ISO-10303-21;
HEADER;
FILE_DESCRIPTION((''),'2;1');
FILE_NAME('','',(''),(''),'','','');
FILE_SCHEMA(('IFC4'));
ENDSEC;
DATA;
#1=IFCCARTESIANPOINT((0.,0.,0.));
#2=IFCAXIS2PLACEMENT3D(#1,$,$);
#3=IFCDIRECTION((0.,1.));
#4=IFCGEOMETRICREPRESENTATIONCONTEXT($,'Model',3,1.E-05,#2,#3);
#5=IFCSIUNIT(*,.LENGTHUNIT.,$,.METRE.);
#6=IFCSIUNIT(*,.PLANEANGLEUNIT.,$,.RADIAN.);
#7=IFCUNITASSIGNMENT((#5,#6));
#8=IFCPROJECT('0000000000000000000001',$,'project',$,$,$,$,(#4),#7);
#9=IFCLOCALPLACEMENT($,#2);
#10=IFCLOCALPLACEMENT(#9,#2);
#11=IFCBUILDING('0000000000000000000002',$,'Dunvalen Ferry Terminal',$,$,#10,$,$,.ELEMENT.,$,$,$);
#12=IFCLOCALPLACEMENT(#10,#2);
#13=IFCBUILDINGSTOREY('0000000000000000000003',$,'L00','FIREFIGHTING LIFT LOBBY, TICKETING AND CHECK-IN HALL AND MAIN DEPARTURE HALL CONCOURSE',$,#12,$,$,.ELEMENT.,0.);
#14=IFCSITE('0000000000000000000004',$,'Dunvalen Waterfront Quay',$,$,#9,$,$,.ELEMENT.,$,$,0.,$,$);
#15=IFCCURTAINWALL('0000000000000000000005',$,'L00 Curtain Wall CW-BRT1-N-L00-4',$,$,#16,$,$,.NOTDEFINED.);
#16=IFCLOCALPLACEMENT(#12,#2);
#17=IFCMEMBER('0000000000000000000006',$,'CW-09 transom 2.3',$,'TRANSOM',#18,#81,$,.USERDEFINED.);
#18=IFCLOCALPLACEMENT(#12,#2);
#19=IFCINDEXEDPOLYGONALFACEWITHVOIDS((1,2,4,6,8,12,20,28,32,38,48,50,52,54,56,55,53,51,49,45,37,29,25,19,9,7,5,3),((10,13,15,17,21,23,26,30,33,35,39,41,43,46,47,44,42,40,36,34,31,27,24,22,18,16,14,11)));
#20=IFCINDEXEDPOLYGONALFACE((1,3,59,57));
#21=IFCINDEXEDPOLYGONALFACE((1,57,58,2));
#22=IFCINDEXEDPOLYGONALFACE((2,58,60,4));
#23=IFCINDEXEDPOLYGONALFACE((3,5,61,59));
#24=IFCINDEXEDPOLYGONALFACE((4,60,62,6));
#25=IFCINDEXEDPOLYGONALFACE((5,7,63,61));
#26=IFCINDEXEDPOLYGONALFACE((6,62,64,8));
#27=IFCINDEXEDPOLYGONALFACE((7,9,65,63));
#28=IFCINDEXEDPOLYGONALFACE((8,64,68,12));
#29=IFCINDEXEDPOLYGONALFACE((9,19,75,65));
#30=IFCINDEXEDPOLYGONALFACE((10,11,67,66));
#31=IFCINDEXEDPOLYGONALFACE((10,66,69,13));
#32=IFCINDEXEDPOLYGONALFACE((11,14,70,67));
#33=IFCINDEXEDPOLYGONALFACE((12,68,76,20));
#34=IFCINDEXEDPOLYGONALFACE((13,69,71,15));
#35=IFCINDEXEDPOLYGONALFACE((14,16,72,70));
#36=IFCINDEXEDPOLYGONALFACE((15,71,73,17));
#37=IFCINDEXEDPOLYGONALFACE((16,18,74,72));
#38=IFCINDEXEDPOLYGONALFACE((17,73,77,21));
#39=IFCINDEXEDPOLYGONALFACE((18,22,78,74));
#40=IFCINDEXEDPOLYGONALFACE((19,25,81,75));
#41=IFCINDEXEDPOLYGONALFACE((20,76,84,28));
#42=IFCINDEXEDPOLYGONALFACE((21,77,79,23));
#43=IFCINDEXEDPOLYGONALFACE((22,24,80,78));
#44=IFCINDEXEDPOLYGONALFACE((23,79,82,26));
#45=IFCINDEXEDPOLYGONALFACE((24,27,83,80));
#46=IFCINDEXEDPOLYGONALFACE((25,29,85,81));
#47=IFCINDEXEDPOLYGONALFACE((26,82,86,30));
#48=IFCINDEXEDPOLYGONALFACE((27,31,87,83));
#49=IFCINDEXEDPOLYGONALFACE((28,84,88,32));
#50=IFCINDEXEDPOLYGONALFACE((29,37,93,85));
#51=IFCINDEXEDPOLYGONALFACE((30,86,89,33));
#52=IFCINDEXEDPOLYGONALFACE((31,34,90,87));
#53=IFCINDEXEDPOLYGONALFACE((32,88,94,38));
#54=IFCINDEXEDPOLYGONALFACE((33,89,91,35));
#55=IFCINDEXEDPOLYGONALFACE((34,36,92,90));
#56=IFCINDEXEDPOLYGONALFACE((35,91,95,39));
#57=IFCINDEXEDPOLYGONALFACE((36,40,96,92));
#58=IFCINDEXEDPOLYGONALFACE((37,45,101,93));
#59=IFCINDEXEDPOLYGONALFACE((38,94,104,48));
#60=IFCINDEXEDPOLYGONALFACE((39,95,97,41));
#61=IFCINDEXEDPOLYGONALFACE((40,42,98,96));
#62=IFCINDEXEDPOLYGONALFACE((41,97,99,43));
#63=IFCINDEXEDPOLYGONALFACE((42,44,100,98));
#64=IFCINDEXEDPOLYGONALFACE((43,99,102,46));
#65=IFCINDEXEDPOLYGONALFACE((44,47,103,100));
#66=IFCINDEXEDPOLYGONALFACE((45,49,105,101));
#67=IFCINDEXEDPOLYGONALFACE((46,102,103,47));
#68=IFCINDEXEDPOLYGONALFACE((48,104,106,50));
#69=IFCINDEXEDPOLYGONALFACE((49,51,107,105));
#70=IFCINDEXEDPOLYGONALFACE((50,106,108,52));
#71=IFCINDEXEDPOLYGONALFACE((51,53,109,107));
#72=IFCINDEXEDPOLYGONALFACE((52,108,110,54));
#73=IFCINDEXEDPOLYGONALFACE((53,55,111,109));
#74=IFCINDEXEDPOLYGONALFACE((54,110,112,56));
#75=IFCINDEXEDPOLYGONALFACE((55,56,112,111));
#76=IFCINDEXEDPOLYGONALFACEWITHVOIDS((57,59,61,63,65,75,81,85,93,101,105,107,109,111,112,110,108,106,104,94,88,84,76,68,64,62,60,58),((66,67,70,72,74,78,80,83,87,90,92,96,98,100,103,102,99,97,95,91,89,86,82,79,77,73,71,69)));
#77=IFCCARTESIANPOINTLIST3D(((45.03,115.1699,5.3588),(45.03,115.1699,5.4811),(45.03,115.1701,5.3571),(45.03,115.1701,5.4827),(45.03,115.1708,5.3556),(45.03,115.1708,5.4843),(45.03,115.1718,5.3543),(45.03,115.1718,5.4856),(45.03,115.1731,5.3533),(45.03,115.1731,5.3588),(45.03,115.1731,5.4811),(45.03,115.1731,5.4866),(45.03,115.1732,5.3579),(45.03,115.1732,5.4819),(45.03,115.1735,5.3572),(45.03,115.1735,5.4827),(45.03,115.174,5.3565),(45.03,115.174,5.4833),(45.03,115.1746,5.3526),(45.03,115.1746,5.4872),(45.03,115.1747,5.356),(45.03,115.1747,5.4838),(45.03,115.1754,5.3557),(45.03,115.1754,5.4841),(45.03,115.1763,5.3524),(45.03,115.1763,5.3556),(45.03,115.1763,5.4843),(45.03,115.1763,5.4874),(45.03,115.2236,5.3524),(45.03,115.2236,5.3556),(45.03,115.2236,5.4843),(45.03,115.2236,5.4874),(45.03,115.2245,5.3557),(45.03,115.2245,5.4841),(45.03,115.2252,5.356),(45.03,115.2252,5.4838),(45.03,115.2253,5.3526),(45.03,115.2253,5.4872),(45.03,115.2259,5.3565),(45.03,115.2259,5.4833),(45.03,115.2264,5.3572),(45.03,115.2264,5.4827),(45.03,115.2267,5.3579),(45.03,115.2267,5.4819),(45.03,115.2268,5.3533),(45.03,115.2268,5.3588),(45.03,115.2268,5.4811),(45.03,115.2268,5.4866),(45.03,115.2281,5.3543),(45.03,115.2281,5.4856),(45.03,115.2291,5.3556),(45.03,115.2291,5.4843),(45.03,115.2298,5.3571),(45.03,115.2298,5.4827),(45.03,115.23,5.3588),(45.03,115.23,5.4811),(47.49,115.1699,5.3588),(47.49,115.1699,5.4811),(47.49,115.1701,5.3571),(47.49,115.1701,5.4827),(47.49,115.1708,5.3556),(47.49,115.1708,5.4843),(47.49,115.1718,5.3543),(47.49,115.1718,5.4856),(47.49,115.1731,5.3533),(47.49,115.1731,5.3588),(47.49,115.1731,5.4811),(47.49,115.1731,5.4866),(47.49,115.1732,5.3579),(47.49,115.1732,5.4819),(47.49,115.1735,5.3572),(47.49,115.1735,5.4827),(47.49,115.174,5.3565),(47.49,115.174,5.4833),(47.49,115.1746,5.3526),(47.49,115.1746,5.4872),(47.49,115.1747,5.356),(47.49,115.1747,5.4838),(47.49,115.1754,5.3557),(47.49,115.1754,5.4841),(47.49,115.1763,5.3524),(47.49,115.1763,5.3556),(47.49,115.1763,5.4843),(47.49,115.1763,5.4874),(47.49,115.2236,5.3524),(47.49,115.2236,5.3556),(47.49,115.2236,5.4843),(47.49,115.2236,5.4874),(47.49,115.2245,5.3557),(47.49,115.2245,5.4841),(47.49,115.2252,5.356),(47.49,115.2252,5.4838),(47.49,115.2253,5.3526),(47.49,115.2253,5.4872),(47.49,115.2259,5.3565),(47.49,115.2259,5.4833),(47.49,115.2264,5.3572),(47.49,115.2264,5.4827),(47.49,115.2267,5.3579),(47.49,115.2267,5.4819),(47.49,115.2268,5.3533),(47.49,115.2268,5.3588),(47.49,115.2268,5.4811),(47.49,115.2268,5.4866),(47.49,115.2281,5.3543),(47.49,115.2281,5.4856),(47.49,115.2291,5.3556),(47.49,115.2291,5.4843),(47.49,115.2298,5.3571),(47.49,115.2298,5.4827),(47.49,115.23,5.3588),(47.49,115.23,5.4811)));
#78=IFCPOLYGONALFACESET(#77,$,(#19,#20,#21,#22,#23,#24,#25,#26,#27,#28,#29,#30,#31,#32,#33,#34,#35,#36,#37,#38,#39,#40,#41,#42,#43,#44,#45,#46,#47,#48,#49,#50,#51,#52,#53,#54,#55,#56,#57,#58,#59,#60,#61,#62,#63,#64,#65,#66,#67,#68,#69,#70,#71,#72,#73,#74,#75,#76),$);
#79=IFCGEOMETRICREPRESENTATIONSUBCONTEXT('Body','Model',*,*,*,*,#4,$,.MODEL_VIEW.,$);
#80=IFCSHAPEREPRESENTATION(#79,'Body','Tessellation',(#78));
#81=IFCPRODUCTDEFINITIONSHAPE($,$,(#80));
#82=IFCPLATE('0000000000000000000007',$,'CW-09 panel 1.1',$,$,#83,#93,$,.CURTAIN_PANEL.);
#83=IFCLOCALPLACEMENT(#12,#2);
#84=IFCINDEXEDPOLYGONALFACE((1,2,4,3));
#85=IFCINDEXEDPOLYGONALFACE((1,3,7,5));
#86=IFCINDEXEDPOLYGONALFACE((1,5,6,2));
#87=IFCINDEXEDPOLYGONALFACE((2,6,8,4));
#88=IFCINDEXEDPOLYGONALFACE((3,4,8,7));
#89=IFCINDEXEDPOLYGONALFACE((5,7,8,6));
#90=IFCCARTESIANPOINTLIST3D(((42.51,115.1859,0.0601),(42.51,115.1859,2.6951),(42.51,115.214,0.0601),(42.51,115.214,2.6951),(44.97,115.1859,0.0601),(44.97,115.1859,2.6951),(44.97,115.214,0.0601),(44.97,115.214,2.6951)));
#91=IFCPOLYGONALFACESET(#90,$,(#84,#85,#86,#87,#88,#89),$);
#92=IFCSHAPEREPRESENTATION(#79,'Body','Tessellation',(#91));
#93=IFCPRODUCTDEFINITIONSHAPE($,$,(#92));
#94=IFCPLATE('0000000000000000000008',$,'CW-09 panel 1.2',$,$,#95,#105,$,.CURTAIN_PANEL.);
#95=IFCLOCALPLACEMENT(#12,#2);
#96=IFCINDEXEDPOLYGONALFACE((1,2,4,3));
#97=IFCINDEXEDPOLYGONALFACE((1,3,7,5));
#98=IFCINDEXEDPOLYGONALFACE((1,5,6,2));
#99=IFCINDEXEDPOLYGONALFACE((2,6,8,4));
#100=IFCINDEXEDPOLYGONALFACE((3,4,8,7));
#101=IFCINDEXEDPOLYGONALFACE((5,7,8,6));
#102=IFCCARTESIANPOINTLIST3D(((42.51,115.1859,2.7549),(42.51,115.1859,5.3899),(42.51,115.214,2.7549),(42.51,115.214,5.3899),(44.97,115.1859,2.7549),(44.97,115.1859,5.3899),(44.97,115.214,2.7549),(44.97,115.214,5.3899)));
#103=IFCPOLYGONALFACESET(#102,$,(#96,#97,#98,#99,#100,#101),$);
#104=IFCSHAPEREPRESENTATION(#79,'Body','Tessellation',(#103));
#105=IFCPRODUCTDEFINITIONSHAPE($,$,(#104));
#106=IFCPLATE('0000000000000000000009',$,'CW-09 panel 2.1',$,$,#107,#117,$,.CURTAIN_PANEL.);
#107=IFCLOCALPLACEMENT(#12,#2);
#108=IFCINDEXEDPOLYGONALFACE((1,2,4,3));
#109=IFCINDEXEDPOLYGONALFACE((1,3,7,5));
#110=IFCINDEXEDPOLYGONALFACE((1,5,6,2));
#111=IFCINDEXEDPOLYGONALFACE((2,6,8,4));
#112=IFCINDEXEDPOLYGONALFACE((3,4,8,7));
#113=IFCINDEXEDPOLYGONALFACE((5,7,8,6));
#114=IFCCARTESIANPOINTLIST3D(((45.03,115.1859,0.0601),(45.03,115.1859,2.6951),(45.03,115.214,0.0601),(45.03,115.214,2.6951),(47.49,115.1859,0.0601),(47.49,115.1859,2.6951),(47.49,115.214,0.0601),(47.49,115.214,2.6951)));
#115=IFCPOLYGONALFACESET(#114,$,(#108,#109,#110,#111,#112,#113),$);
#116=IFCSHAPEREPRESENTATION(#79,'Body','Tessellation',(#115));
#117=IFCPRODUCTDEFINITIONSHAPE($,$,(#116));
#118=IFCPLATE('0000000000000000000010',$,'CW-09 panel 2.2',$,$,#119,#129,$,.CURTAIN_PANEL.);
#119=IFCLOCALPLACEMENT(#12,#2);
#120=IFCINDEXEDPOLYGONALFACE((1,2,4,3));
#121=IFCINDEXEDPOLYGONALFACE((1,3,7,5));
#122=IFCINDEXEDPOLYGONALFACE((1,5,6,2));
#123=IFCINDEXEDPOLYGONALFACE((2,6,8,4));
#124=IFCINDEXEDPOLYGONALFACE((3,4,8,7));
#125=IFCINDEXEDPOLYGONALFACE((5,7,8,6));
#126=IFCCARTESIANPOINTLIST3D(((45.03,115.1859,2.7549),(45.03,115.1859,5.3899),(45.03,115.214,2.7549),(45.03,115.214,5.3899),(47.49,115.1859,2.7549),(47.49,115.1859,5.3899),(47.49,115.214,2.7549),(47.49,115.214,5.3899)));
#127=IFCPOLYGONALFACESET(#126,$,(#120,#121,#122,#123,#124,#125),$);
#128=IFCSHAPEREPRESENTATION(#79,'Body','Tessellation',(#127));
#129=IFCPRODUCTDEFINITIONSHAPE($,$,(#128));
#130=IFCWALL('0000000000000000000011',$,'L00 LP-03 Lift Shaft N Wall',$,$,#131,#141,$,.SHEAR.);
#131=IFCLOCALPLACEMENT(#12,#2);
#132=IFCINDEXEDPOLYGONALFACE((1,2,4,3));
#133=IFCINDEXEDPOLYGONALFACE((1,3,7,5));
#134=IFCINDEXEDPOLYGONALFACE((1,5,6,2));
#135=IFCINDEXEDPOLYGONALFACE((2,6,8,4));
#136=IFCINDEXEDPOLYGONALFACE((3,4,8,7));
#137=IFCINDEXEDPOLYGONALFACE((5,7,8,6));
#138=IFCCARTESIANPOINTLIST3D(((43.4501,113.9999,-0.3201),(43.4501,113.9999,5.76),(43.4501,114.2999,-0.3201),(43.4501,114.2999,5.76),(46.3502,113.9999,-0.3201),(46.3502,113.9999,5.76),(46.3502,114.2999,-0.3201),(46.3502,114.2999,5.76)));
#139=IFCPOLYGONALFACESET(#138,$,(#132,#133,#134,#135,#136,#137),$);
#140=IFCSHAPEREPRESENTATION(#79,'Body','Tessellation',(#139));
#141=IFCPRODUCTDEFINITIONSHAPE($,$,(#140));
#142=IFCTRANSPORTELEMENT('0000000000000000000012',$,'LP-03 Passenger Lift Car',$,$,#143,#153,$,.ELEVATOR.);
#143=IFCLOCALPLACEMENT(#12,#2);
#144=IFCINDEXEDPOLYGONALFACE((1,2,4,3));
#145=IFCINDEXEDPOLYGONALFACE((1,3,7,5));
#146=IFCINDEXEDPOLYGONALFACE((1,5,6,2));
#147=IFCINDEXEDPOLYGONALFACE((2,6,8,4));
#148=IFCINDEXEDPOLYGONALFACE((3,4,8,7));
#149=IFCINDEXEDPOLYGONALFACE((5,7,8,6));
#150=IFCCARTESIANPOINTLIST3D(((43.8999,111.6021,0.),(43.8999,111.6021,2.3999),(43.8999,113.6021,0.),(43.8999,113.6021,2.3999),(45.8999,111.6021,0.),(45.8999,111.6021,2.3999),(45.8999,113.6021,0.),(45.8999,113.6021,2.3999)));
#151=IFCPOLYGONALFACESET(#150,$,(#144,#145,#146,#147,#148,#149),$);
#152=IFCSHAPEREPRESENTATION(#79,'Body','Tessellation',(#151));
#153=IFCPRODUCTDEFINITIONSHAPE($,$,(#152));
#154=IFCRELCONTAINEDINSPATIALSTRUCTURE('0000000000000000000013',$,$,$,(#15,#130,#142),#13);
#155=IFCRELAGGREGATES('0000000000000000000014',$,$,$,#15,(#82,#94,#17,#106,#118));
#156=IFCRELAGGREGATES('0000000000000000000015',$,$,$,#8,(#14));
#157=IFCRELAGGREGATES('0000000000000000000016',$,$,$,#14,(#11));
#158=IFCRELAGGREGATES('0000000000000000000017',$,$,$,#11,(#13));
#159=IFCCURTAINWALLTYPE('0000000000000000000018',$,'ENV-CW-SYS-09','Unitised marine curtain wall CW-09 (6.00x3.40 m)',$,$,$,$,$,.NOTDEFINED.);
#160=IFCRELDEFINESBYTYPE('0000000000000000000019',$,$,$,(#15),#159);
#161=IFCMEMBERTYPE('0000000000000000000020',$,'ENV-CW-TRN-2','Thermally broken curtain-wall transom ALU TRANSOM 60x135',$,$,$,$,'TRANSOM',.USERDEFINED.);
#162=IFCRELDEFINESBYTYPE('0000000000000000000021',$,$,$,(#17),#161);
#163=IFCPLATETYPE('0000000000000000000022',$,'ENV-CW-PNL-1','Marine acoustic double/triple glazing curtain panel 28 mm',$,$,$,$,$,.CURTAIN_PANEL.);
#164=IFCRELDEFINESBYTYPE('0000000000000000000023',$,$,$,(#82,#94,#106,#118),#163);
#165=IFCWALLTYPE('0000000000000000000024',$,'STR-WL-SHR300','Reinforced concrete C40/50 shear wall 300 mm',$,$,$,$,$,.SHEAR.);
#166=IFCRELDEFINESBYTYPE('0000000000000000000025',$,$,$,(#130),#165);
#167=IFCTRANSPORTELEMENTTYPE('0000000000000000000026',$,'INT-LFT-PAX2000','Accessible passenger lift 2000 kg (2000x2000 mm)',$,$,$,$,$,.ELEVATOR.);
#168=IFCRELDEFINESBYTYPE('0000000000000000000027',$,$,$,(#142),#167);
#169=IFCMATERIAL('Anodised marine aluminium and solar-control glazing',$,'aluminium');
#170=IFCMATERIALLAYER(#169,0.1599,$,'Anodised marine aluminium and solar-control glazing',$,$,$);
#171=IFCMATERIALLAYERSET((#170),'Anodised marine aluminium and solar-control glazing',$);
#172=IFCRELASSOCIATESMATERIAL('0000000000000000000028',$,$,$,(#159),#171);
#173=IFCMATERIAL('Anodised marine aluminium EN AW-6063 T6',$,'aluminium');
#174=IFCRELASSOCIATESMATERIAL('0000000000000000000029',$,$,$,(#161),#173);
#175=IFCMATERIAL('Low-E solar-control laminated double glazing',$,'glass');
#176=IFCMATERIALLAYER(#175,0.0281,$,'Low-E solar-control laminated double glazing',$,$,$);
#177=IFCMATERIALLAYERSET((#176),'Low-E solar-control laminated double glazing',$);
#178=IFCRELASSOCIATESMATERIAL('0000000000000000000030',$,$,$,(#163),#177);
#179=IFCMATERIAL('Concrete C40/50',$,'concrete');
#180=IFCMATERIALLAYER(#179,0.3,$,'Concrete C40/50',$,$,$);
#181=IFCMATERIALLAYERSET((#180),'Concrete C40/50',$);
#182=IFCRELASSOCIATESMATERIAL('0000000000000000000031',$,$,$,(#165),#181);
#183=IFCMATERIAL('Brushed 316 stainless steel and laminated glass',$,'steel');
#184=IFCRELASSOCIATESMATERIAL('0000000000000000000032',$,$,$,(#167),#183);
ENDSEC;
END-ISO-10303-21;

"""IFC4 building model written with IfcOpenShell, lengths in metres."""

from ifc_helpers import new_model, si_unit, direction, frame, frame_2d, origin, origin_2d, place, context, subcontext, project, spatial, rectangle, hollow_rectangle, extrude, material, layer, layer_set, material_profile, profile_set, type_object, element, aggregate, save


model = new_model("IFC4")

# Units and contexts
model_context = context("Model", 3, precision=1e-05, world=origin(), true_north=direction((0.0, 1.0)))
body_context = subcontext(model_context, "Body", "Model", "MODEL_VIEW")
ifc_project = project(units=[si_unit("LENGTHUNIT", "METRE"), si_unit("PLANEANGLEUNIT", "RADIAN")], contexts=[model_context])

# Site, building, storey
site_placement = place(None, origin())
site = spatial("IfcSite", under=ifc_project, at=site_placement, Name="Dunvalen Waterfront Quay", CompositionType="ELEMENT", RefElevation=0.0)
building_placement = place(site_placement, origin())
building = spatial("IfcBuilding", under=site, at=building_placement, Name="Dunvalen Ferry Terminal", CompositionType="ELEMENT")
storey_placement = place(building_placement, origin())
storey = spatial("IfcBuildingStorey", under=building, at=storey_placement, Name="L00", Description="FIREFIGHTING LIFT LOBBY, TICKETING AND CHECK-IN HALL AND MAIN DEPARTURE HALL CONCOURSE", CompositionType="ELEMENT", Elevation=0.0)

# Shared definitions
ifc_material_1 = material(Name="Concrete C40/50", Category="concrete")

# Curtain wall, member, plates
ifc_material_2 = material(Name="Anodised marine aluminium and solar-control glazing", Category="aluminium")
ifc_layer_1 = layer(ifc_material_2, 0.1599, Name="Anodised marine aluminium and solar-control glazing")
ifc_layer_set_1 = layer_set([ifc_layer_1], Name="Anodised marine aluminium and solar-control glazing")
curtain_wall_type = type_object("IfcCurtainWallType", Name="ENV-CW-SYS-09", Description="Unitised marine curtain wall CW-09 (6.00x3.40 m)", PredefinedType="NOTDEFINED", material=ifc_layer_set_1)
curtain_wall_placement = place(storey_placement, origin())
curtain_wall = element("IfcCurtainWall", 1, at=curtain_wall_placement, inside=storey, type_object=curtain_wall_type, Name="L00 Curtain Wall CW-BRT1-N-L00-4", PredefinedType="NOTDEFINED")
ifc_material_3 = material(Name="Anodised marine aluminium EN AW-6063 T6", Category="aluminium")
ifc_material_profile_1 = material_profile(ifc_material_3, hollow_rectangle(XDim=0.0601, YDim=0.135, WallThickness=0.0032, InnerFilletRadius=0.0032, OuterFilletRadius=0.0063, at=origin_2d()), Name="Anodised marine aluminium EN AW-6063 T6")
ifc_profile_set_1 = profile_set([ifc_material_profile_1], Name="Anodised marine aluminium EN AW-6063 T6")
member_type_1 = type_object("IfcMemberType", Name="ENV-CW-TRN-2", Description="Thermally broken curtain-wall transom ALU TRANSOM 60x135", ElementType="TRANSOM", PredefinedType="USERDEFINED", material=ifc_profile_set_1)
member_1_placement = place(storey_placement, frame((45.03, 115.2, 5.4199), z_axis=(1.0, 0.0, 0.0), x_axis=(0.0, 1.0, 0.0)))
member_1 = element("IfcMember", 2, at=member_1_placement, type_object=member_type_1, Name="CW-09 transom 2.3", ObjectType="TRANSOM", PredefinedType="USERDEFINED", context=body_context, shape_type="SweptSolid", body=[
    extrude(hollow_rectangle(XDim=0.0601, YDim=0.135, WallThickness=0.0032, InnerFilletRadius=0.0032, OuterFilletRadius=0.0063, at=origin_2d()), origin(), (0.0, 0.0, 1.0), 2.46),
])
ifc_material_4 = material(Name="Low-E solar-control laminated double glazing", Category="glass")
ifc_layer_2 = layer(ifc_material_4, 0.0281, Name="Low-E solar-control laminated double glazing")
ifc_layer_set_2 = layer_set([ifc_layer_2], Name="Low-E solar-control laminated double glazing")
plate_type = type_object("IfcPlateType", Name="ENV-CW-PNL-1", Description="Marine acoustic double/triple glazing curtain panel 28 mm", PredefinedType="CURTAIN_PANEL", material=ifc_layer_set_2)
plate_1_placement = place(storey_placement, frame((43.74, 115.2, 0.0601), z_axis=(0.0, 0.0, 1.0), x_axis=(1.0, 0.0, 0.0)))
plate_1 = element("IfcPlate", 3, at=plate_1_placement, type_object=plate_type, Name="CW-09 panel 1.1", PredefinedType="CURTAIN_PANEL", context=body_context, shape_type="SweptSolid", body=[
    extrude(rectangle(XDim=2.46, YDim=0.0281, at=origin_2d()), origin(), (0.0, 0.0, 1.0), 2.635),
])
plate_2_placement = place(storey_placement, frame((43.74, 115.2, 2.7549), z_axis=(0.0, 0.0, 1.0), x_axis=(1.0, 0.0, 0.0)))
plate_2 = element("IfcPlate", 4, at=plate_2_placement, type_object=plate_type, Name="CW-09 panel 1.2", PredefinedType="CURTAIN_PANEL", context=body_context, shape_type="SweptSolid", body=[
    extrude(rectangle(XDim=2.46, YDim=0.0281, at=origin_2d()), origin(), (0.0, 0.0, 1.0), 2.635),
])
plate_3_placement = place(storey_placement, frame((46.26, 115.2, 0.0601), z_axis=(0.0, 0.0, 1.0), x_axis=(1.0, 0.0, 0.0)))
plate_3 = element("IfcPlate", 5, at=plate_3_placement, type_object=plate_type, Name="CW-09 panel 2.1", PredefinedType="CURTAIN_PANEL", context=body_context, shape_type="SweptSolid", body=[
    extrude(rectangle(XDim=2.46, YDim=0.0281, at=origin_2d()), origin(), (0.0, 0.0, 1.0), 2.635),
])
plate_4_placement = place(storey_placement, frame((46.26, 115.2, 2.7549), z_axis=(0.0, 0.0, 1.0), x_axis=(1.0, 0.0, 0.0)))
plate_4 = element("IfcPlate", 6, at=plate_4_placement, type_object=plate_type, Name="CW-09 panel 2.2", PredefinedType="CURTAIN_PANEL", context=body_context, shape_type="SweptSolid", body=[
    extrude(rectangle(XDim=2.46, YDim=0.0281, at=origin_2d()), origin(), (0.0, 0.0, 1.0), 2.635),
])
aggregate(curtain_wall, [plate_1, plate_2, member_1, plate_3, plate_4])

# Wall
ifc_layer_3 = layer(ifc_material_1, 0.3, Name="Concrete C40/50")
ifc_layer_set_3 = layer_set([ifc_layer_3], Name="Concrete C40/50")
wall_type = type_object("IfcWallType", Name="STR-WL-SHR300", Description="Reinforced concrete C40/50 shear wall 300 mm", PredefinedType="SHEAR", material=ifc_layer_set_3)
wall_placement = place(storey_placement, frame((43.45, 114.1499, -0.3201), z_axis=(0.0, 0.0, 1.0), x_axis=(1.0, 0.0, 0.0)))
element("IfcWall", 7, at=wall_placement, inside=storey, type_object=wall_type, Name="L00 LP-03 Lift Shaft N Wall", PredefinedType="SHEAR", context=body_context, shape_type="SweptSolid", body=[
    extrude(rectangle(XDim=2.9001, YDim=0.3, at=frame_2d((1.4502, 0.0))), origin(), (0.0, 0.0, 1.0), 6.0801),
])

# Transport element
ifc_material_5 = material(Name="Brushed 316 stainless steel and laminated glass", Category="steel")
transport_element_type = type_object("IfcTransportElementType", Name="INT-LFT-PAX2000", Description="Accessible passenger lift 2000 kg (2000x2000 mm)", PredefinedType="ELEVATOR", material=ifc_material_5)
transport_element_placement = place(storey_placement, frame((44.8999, 112.6021, 0.0), z_axis=(0.0, 0.0, 1.0), x_axis=(1.0, 0.0, 0.0)))
element("IfcTransportElement", 8, at=transport_element_placement, inside=storey, type_object=transport_element_type, Name="LP-03 Passenger Lift Car", PredefinedType="ELEVATOR", context=body_context, shape_type="SweptSolid", body=[
    extrude(rectangle(XDim=2.0, YDim=2.0, at=origin_2d()), origin(), (0.0, 0.0, 1.0), 2.3999),
])

save(model, "model.ifc")
